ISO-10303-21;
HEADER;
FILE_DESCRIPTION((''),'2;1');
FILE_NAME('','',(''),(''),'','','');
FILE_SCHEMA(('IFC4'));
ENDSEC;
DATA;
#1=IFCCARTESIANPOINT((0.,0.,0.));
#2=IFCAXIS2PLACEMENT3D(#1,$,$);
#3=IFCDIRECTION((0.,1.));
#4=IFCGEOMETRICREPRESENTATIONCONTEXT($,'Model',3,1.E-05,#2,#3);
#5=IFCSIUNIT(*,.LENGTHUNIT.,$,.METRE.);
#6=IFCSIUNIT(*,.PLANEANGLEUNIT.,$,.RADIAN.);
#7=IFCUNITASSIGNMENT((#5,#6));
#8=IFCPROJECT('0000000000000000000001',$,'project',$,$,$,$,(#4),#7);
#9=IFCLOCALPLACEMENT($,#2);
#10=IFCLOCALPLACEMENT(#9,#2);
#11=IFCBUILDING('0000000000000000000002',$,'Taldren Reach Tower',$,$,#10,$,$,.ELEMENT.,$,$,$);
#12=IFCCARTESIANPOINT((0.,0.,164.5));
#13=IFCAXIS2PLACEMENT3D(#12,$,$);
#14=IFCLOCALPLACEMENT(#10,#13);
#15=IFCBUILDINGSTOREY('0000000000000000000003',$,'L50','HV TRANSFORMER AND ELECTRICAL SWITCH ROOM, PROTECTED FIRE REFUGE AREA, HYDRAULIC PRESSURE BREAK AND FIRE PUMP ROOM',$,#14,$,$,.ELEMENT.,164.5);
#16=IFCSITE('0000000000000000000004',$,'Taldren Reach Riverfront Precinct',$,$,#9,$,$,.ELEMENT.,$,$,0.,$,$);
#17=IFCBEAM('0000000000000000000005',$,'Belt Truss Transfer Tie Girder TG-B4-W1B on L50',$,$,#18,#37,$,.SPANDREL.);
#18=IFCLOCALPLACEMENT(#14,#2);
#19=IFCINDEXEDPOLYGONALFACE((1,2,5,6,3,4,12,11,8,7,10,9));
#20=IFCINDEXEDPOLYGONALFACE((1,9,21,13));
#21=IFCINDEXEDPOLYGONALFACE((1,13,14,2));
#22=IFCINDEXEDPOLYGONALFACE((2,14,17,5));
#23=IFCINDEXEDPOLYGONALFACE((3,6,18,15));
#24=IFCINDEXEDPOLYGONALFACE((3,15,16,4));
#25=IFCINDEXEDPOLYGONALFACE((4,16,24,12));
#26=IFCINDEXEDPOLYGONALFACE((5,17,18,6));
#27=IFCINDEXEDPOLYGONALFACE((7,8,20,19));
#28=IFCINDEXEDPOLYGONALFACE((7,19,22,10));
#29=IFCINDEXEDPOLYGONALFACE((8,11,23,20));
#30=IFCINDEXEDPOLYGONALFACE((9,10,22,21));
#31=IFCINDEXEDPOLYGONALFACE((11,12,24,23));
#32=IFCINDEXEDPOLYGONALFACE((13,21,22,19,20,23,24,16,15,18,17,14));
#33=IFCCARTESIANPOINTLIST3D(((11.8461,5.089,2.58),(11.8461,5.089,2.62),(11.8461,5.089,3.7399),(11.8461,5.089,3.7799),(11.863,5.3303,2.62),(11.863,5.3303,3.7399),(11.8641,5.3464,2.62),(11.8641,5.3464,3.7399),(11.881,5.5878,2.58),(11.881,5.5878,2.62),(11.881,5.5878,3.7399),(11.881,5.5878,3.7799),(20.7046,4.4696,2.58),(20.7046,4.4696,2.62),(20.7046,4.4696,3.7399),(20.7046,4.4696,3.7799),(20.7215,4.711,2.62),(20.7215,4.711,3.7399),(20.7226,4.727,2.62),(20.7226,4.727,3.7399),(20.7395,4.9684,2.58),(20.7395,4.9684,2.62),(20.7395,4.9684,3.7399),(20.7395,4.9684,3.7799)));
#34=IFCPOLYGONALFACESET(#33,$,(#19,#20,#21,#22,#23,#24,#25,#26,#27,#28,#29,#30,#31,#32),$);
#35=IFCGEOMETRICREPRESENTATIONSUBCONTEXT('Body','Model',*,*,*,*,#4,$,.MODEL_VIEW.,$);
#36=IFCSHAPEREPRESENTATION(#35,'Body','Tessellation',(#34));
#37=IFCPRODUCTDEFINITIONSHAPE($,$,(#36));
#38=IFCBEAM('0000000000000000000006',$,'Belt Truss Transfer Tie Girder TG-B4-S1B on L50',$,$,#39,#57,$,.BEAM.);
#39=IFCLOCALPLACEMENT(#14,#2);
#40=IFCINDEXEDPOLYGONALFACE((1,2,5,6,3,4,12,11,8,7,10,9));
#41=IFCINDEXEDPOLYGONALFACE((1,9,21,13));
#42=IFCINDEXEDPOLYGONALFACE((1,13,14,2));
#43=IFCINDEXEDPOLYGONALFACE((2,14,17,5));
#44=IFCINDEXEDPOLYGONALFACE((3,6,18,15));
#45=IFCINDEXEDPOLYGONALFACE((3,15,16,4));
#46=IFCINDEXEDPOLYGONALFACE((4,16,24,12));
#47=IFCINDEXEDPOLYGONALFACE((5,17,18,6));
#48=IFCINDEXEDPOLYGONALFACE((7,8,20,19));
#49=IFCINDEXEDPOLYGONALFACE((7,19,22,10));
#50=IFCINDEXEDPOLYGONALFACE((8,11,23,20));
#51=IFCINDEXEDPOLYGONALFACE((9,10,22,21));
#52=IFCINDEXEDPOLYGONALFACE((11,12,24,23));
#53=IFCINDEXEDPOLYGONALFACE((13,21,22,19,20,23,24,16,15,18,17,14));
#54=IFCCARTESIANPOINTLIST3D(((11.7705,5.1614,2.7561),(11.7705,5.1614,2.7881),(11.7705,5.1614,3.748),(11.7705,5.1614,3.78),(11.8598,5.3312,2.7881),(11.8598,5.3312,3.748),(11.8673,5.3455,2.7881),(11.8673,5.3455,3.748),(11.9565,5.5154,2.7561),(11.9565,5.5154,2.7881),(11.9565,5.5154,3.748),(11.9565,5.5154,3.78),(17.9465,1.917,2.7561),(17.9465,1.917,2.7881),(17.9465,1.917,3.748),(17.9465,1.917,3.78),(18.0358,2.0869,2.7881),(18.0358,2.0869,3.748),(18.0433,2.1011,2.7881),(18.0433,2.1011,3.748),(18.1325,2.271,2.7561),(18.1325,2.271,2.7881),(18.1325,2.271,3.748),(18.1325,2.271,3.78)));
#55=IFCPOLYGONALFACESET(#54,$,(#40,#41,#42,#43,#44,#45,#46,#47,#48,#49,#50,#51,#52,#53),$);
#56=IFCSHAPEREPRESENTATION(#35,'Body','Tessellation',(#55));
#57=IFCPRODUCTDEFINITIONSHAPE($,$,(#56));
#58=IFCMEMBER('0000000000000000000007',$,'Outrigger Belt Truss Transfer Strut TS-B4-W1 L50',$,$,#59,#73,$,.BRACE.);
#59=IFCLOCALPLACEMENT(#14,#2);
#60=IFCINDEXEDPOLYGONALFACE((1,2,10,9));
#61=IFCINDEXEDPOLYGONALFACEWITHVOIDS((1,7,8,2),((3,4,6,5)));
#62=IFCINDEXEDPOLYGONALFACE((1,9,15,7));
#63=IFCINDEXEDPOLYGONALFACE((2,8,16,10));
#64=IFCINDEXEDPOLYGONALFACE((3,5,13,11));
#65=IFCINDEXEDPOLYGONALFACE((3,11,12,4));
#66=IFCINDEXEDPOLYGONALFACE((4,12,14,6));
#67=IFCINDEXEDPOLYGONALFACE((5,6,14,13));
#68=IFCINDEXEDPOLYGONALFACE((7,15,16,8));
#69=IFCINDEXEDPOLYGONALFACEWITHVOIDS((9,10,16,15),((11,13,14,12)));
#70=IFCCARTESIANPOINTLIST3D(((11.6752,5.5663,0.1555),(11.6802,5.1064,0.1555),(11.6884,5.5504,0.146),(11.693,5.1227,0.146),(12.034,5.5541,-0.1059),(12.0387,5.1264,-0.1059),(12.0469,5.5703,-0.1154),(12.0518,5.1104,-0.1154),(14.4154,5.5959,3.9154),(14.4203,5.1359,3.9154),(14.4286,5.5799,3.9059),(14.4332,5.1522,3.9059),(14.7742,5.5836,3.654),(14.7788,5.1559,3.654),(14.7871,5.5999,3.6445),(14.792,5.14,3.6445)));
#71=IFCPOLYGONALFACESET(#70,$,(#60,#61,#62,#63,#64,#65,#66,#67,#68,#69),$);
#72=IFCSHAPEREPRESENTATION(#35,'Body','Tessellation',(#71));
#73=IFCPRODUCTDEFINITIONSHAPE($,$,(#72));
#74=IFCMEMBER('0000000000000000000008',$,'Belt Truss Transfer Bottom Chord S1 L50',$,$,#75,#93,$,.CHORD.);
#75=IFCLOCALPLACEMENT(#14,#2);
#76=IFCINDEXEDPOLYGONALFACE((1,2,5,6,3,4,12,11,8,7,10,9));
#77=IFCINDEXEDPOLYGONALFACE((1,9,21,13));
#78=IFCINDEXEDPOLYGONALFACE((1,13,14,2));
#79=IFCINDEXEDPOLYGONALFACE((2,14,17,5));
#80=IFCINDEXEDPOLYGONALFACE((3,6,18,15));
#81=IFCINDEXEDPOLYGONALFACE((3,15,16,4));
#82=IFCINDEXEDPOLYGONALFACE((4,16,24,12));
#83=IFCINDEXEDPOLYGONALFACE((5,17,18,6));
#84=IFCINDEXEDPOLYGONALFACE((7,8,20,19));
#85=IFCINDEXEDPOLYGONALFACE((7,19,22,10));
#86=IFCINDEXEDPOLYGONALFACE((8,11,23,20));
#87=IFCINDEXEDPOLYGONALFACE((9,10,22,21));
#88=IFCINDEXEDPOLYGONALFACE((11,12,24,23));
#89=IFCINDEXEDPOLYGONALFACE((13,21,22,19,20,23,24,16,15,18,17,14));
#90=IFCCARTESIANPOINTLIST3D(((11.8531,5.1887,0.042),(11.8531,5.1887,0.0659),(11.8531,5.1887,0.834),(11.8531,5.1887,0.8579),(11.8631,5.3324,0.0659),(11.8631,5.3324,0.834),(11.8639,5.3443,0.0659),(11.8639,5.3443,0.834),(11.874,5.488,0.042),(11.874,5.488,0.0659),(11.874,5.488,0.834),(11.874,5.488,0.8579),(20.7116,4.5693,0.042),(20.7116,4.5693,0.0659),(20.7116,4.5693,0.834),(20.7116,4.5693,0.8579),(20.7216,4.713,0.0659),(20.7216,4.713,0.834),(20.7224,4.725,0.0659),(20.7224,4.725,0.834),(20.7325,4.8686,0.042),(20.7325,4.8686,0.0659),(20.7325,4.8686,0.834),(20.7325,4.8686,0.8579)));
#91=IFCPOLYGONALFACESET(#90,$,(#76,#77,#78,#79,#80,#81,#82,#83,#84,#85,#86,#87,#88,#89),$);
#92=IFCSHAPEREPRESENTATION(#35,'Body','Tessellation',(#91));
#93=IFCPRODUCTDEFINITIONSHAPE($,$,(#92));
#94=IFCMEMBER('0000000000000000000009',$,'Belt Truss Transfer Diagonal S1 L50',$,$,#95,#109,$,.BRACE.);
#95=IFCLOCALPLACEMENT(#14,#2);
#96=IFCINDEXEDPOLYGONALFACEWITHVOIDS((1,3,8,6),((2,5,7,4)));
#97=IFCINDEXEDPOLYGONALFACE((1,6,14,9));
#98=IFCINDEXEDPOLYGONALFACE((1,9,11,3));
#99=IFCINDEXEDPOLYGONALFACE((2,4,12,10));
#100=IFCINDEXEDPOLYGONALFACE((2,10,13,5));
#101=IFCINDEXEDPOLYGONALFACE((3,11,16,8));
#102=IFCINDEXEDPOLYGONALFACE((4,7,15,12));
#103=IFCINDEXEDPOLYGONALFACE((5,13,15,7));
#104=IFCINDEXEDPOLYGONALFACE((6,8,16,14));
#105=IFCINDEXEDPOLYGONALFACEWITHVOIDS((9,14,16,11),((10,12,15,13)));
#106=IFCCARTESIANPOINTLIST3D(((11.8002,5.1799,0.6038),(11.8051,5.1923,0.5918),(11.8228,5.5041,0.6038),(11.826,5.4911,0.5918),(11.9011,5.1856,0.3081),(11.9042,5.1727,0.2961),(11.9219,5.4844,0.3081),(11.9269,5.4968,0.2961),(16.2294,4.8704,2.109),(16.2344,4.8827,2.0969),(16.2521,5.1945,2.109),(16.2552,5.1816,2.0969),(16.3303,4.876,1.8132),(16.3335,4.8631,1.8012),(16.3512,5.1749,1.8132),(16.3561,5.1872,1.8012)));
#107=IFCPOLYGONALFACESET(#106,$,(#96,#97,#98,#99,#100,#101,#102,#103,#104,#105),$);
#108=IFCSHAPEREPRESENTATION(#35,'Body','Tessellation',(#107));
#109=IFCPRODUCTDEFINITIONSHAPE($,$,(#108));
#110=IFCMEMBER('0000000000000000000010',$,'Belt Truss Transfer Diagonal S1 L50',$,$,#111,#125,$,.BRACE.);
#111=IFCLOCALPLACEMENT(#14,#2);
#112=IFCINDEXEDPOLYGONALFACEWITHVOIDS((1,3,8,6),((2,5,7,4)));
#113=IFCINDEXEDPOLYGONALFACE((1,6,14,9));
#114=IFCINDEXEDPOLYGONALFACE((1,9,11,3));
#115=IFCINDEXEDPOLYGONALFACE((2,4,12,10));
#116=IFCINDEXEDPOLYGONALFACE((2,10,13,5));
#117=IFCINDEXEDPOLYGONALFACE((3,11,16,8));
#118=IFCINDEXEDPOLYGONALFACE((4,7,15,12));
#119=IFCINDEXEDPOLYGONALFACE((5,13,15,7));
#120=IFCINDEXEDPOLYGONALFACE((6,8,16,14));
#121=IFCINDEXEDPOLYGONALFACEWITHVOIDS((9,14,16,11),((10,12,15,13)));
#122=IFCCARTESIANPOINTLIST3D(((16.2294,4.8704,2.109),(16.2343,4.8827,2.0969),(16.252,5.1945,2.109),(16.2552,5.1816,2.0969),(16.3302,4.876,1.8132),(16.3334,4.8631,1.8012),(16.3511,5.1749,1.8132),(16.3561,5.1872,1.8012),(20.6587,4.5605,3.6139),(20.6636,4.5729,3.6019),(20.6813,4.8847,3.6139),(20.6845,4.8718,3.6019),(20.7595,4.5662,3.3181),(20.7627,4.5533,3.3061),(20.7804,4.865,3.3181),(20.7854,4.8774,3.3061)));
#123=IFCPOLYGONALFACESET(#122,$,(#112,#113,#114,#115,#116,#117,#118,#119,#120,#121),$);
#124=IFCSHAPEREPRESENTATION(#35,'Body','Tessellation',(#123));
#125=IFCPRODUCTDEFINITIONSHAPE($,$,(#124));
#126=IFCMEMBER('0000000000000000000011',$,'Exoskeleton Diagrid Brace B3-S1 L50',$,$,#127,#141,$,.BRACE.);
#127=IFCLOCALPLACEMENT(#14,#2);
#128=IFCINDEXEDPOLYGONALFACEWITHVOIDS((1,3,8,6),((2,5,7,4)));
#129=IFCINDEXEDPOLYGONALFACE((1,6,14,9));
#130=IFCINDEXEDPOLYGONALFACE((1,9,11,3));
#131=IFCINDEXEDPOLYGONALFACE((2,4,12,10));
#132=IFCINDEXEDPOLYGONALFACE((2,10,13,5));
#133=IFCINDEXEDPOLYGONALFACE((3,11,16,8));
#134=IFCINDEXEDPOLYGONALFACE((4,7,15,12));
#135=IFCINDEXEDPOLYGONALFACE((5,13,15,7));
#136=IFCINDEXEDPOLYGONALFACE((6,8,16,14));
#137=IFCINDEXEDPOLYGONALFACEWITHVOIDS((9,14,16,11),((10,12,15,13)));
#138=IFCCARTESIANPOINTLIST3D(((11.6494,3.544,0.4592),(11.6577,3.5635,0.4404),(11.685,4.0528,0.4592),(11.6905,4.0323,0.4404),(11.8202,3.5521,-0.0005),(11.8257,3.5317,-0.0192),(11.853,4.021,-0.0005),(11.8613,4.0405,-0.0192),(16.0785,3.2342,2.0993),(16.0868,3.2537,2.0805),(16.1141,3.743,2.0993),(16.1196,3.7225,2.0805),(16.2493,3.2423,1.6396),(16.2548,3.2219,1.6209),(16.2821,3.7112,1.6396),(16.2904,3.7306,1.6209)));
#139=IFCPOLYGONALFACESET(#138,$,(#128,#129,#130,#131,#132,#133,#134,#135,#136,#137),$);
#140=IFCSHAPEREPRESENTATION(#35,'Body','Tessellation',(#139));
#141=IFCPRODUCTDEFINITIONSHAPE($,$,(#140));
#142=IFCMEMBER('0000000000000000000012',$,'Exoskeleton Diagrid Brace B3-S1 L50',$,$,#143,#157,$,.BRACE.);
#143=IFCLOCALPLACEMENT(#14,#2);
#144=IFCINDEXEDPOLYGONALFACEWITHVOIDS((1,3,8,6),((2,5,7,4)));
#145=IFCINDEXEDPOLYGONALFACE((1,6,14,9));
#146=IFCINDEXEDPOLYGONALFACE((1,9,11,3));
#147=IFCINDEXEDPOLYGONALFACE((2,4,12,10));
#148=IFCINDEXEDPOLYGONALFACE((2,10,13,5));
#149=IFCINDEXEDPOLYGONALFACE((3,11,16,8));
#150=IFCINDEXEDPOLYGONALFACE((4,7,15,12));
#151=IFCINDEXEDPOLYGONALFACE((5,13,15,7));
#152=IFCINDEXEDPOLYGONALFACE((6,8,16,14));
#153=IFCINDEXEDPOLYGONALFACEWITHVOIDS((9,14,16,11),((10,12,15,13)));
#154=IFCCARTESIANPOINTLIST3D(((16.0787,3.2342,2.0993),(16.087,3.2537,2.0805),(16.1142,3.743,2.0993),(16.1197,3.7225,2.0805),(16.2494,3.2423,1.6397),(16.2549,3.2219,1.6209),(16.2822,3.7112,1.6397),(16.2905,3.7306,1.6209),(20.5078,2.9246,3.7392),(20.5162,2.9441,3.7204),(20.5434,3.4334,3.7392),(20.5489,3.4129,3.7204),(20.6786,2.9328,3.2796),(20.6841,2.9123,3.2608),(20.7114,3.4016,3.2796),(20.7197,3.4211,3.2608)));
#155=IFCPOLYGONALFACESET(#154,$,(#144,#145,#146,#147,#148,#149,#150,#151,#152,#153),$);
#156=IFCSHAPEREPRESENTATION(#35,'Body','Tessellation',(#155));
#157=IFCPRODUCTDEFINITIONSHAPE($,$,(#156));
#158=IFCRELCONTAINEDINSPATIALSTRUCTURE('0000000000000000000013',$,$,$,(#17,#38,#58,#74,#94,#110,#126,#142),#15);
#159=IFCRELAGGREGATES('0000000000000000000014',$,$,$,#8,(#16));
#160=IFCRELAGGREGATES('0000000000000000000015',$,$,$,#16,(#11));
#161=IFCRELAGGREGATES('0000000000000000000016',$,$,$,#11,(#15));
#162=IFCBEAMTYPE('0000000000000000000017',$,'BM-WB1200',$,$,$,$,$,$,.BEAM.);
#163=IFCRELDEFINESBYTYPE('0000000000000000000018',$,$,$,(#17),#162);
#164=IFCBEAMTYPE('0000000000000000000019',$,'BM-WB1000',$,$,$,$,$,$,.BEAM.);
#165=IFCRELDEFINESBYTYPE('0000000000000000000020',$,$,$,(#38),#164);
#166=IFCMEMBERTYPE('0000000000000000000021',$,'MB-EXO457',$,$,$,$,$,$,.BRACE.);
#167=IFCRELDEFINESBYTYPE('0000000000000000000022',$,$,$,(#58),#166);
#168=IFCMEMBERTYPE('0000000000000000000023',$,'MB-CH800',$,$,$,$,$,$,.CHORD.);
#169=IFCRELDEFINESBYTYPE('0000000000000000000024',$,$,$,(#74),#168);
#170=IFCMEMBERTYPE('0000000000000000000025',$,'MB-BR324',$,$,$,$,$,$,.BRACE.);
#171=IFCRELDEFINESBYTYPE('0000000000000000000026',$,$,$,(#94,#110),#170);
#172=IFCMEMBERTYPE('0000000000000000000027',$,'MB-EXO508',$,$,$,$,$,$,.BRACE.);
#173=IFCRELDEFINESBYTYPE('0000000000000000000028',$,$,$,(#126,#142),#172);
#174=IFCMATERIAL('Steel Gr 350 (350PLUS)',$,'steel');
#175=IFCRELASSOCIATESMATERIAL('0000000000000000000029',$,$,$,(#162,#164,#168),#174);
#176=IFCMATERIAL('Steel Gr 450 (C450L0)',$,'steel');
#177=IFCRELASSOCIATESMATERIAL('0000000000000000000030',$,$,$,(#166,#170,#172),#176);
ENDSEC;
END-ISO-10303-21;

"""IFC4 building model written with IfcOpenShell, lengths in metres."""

from ifc_helpers import new_model, si_unit, direction, frame, origin, origin_2d, place, context, subcontext, project, spatial, hollow_rectangle, i_section, extrude, source, transform, mapped, material, material_profile, profile_set, type_object, element, save


model = new_model("IFC4")

# Units and contexts
model_context = context("Model", 3, precision=1e-05, world=origin(), true_north=direction((0.0, 1.0)))
body_context = subcontext(model_context, "Body", "Model", "MODEL_VIEW")
ifc_project = project(units=[si_unit("LENGTHUNIT", "METRE"), si_unit("PLANEANGLEUNIT", "RADIAN")], contexts=[model_context])

# Site, building, storey
site_placement = place(None, origin())
site = spatial("IfcSite", under=ifc_project, at=site_placement, Name="Taldren Reach Riverfront Precinct", CompositionType="ELEMENT", RefElevation=0.0)
building_placement = place(site_placement, origin())
building = spatial("IfcBuilding", under=site, at=building_placement, Name="Taldren Reach Tower", CompositionType="ELEMENT")
storey_placement = place(building_placement, frame((0.0, 0.0, 164.5)))
storey = spatial("IfcBuildingStorey", under=building, at=storey_placement, Name="L50", Description="HV TRANSFORMER AND ELECTRICAL SWITCH ROOM, PROTECTED FIRE REFUGE AREA, HYDRAULIC PRESSURE BREAK AND FIRE PUMP ROOM", CompositionType="ELEMENT", Elevation=164.5)

# Shared definitions
ifc_material_1 = material(Name="Steel Gr 450 (C450L0)", Category="steel")
ifc_material_2 = material(Name="Steel Gr 350 (350PLUS)", Category="steel")

# Beams
ifc_material_profile_1 = material_profile(ifc_material_2, i_section(OverallWidth=0.5, OverallDepth=1.2, WebThickness=0.0161, FlangeThickness=0.04, at=origin_2d()), Name="1200WB455")
ifc_profile_set_1 = profile_set([ifc_material_profile_1], Name="Steel Gr 350 (350PLUS)")
beam_type_1 = type_object("IfcBeamType", Name="BM-WB1200", PredefinedType="BEAM", material=ifc_profile_set_1)
shared_shape_1 = source(origin(), body_context, "Body", "SweptSolid", [
    extrude(i_section(OverallWidth=0.5, OverallDepth=1.2, WebThickness=0.0161, FlangeThickness=0.04, at=origin_2d()), origin(), (0.0, 0.0, 1.0), 8.8801),
])
beam_1_placement = place(storey_placement, frame((11.8635, 5.3384, 3.1799), z_axis=(0.997564, -0.06975, 0.0), x_axis=(0.06975, 0.997564, 0.0)))
element("IfcBeam", 1, at=beam_1_placement, inside=storey, type_object=beam_type_1, Name="Belt Truss Transfer Tie Girder TG-B4-W1B on L50", PredefinedType="SPANDREL", context=body_context, shape_type="MappedRepresentation", body=[
    mapped(shared_shape_1, transform((0.0, 0.0, 0.0), scale=1.0)),
])
ifc_material_profile_2 = material_profile(ifc_material_2, i_section(OverallWidth=0.3999, OverallDepth=1.0239, WebThickness=0.0161, FlangeThickness=0.032, at=origin_2d()), Name="1000WB322")
ifc_profile_set_2 = profile_set([ifc_material_profile_2], Name="Steel Gr 350 (350PLUS)")
beam_type_2 = type_object("IfcBeamType", Name="BM-WB1000", PredefinedType="BEAM", material=ifc_profile_set_2)
shared_shape_2 = source(origin(), body_context, "Body", "SweptSolid", [
    extrude(i_section(OverallWidth=0.3999, OverallDepth=1.0239, WebThickness=0.0161, FlangeThickness=0.032, at=origin_2d()), origin(), (0.0, 0.0, 1.0), 6.9763),
])
beam_2_placement = place(storey_placement, frame((11.8635, 5.3384, 3.2681), z_axis=(0.885282, -0.465055, 0.0), x_axis=(0.465055, 0.885282, 0.0)))
element("IfcBeam", 2, at=beam_2_placement, inside=storey, type_object=beam_type_2, Name="Belt Truss Transfer Tie Girder TG-B4-S1B on L50", PredefinedType="BEAM", context=body_context, shape_type="MappedRepresentation", body=[
    mapped(shared_shape_2, transform((0.0, 0.0, 0.0), scale=1.0)),
])

# Members
ifc_material_profile_3 = material_profile(ifc_material_1, hollow_rectangle(XDim=0.46, YDim=0.46, WallThickness=0.0161, at=origin_2d()), Name="460x460x16.0SHS")
ifc_profile_set_3 = profile_set([ifc_material_profile_3], Name="Steel Gr 450 (C450L0)")
member_type_1 = type_object("IfcMemberType", Name="MB-EXO457", PredefinedType="BRACE", material=ifc_profile_set_3)
shared_shape_3 = source(origin(), body_context, "Body", "SweptSolid", [
    extrude(hollow_rectangle(XDim=0.46, YDim=0.46, WallThickness=0.0161, at=origin_2d()), origin(), (0.0, 0.0, 1.0), 4.6526),
])
member_1_placement = place(storey_placement, frame((11.8635, 5.3384, 0.02), z_axis=(0.588958, 0.006349, 0.808138), x_axis=(-0.01078, 0.999942, 0.0)))
element("IfcMember", 3, at=member_1_placement, inside=storey, type_object=member_type_1, Name="Outrigger Belt Truss Transfer Strut TS-B4-W1 L50", PredefinedType="BRACE", context=body_context, shape_type="MappedRepresentation", body=[
    mapped(shared_shape_3, transform((0.0, 0.0, 0.0), scale=1.0)),
])
ifc_material_profile_4 = material_profile(ifc_material_2, i_section(OverallWidth=0.3, OverallDepth=0.8159, WebThickness=0.012, FlangeThickness=0.0239, at=origin_2d()), Name="800WB192")
ifc_profile_set_4 = profile_set([ifc_material_profile_4], Name="Steel Gr 350 (350PLUS)")
member_type_2 = type_object("IfcMemberType", Name="MB-CH800", PredefinedType="CHORD", material=ifc_profile_set_4)
shared_shape_4 = source(origin(), body_context, "Body", "SweptSolid", [
    extrude(i_section(OverallWidth=0.3, OverallDepth=0.8159, WebThickness=0.012, FlangeThickness=0.0239, at=origin_2d()), origin(), (0.0, 0.0, 1.0), 8.8801),
])
member_2_placement = place(storey_placement, frame((11.8635, 5.3384, 0.45), z_axis=(0.997564, -0.06975, 0.0), x_axis=(0.06975, 0.997564, 0.0)))
element("IfcMember", 4, at=member_2_placement, inside=storey, type_object=member_type_2, Name="Belt Truss Transfer Bottom Chord S1 L50", PredefinedType="CHORD", context=body_context, shape_type="MappedRepresentation", body=[
    mapped(shared_shape_4, transform((0.0, 0.0, 0.0), scale=1.0)),
])
ifc_material_profile_5 = material_profile(ifc_material_1, hollow_rectangle(XDim=0.325, YDim=0.325, WallThickness=0.0127, at=origin_2d()), Name="325x325x12.7SHS")
ifc_profile_set_5 = profile_set([ifc_material_profile_5], Name="Steel Gr 450 (C450L0)")
member_type_3 = type_object("IfcMemberType", Name="MB-BR324", PredefinedType="BRACE", material=ifc_profile_set_5)
shared_shape_5 = source(origin(), body_context, "Body", "SweptSolid", [
    extrude(hollow_rectangle(XDim=0.325, YDim=0.325, WallThickness=0.0127, at=origin_2d()), origin(), (0.0, 0.0, 1.0), 4.6882),
])
for number, where, z_axis, x_axis, name in (
    (5, (11.8635, 5.3384, 0.45), (0.944758, -0.066032, 0.321047), (0.069723, 0.997566, 0.0), "Belt Truss Transfer Diagonal S1 L50"),
    (6, (16.2927, 5.0288, 1.9551), (0.944771, -0.066085, 0.320999), (0.069778, 0.997563, 0.0), "Belt Truss Transfer Diagonal S1 L50"),
):
    element("IfcMember", number, at=place(storey_placement, frame(where, z_axis=z_axis, x_axis=x_axis)), inside=storey, type_object=member_type_3, Name=name, PredefinedType="BRACE", context=body_context, shape_type="MappedRepresentation", body=[
        mapped(shared_shape_5, transform((0.0, 0.0, 0.0), scale=1.0)),
    ])
ifc_material_profile_6 = material_profile(ifc_material_1, hollow_rectangle(XDim=0.51, YDim=0.51, WallThickness=0.02, at=origin_2d()), Name="510x510x20.0SHS")
ifc_profile_set_6 = profile_set([ifc_material_profile_6], Name="Steel Gr 450 (C450L0)")
member_type_4 = type_object("IfcMemberType", Name="MB-EXO508", PredefinedType="BRACE", material=ifc_profile_set_6)
shared_shape_6 = source(origin(), body_context, "Body", "SweptSolid", [
    extrude(hollow_rectangle(XDim=0.51, YDim=0.51, WallThickness=0.02, at=origin_2d()), origin(), (0.0, 0.0, 1.0), 4.7332),
])
for number, where, z_axis, x_axis, name in (
    (7, (11.7554, 3.7922, 0.22), (0.935759, -0.065455, 0.346512), (0.069778, 0.997563, 0.0), "Exoskeleton Diagrid Brace B3-S1 L50"),
    (8, (16.1846, 3.4824, 1.8601), (0.935779, -0.065404, 0.346468), (0.069723, 0.997566, 0.0), "Exoskeleton Diagrid Brace B3-S1 L50"),
):
    element("IfcMember", number, at=place(storey_placement, frame(where, z_axis=z_axis, x_axis=x_axis)), inside=storey, type_object=member_type_4, Name=name, PredefinedType="BRACE", context=body_context, shape_type="MappedRepresentation", body=[
        mapped(shared_shape_6, transform((0.0, 0.0, 0.0), scale=1.0)),
    ])

save(model, "model.ifc")
